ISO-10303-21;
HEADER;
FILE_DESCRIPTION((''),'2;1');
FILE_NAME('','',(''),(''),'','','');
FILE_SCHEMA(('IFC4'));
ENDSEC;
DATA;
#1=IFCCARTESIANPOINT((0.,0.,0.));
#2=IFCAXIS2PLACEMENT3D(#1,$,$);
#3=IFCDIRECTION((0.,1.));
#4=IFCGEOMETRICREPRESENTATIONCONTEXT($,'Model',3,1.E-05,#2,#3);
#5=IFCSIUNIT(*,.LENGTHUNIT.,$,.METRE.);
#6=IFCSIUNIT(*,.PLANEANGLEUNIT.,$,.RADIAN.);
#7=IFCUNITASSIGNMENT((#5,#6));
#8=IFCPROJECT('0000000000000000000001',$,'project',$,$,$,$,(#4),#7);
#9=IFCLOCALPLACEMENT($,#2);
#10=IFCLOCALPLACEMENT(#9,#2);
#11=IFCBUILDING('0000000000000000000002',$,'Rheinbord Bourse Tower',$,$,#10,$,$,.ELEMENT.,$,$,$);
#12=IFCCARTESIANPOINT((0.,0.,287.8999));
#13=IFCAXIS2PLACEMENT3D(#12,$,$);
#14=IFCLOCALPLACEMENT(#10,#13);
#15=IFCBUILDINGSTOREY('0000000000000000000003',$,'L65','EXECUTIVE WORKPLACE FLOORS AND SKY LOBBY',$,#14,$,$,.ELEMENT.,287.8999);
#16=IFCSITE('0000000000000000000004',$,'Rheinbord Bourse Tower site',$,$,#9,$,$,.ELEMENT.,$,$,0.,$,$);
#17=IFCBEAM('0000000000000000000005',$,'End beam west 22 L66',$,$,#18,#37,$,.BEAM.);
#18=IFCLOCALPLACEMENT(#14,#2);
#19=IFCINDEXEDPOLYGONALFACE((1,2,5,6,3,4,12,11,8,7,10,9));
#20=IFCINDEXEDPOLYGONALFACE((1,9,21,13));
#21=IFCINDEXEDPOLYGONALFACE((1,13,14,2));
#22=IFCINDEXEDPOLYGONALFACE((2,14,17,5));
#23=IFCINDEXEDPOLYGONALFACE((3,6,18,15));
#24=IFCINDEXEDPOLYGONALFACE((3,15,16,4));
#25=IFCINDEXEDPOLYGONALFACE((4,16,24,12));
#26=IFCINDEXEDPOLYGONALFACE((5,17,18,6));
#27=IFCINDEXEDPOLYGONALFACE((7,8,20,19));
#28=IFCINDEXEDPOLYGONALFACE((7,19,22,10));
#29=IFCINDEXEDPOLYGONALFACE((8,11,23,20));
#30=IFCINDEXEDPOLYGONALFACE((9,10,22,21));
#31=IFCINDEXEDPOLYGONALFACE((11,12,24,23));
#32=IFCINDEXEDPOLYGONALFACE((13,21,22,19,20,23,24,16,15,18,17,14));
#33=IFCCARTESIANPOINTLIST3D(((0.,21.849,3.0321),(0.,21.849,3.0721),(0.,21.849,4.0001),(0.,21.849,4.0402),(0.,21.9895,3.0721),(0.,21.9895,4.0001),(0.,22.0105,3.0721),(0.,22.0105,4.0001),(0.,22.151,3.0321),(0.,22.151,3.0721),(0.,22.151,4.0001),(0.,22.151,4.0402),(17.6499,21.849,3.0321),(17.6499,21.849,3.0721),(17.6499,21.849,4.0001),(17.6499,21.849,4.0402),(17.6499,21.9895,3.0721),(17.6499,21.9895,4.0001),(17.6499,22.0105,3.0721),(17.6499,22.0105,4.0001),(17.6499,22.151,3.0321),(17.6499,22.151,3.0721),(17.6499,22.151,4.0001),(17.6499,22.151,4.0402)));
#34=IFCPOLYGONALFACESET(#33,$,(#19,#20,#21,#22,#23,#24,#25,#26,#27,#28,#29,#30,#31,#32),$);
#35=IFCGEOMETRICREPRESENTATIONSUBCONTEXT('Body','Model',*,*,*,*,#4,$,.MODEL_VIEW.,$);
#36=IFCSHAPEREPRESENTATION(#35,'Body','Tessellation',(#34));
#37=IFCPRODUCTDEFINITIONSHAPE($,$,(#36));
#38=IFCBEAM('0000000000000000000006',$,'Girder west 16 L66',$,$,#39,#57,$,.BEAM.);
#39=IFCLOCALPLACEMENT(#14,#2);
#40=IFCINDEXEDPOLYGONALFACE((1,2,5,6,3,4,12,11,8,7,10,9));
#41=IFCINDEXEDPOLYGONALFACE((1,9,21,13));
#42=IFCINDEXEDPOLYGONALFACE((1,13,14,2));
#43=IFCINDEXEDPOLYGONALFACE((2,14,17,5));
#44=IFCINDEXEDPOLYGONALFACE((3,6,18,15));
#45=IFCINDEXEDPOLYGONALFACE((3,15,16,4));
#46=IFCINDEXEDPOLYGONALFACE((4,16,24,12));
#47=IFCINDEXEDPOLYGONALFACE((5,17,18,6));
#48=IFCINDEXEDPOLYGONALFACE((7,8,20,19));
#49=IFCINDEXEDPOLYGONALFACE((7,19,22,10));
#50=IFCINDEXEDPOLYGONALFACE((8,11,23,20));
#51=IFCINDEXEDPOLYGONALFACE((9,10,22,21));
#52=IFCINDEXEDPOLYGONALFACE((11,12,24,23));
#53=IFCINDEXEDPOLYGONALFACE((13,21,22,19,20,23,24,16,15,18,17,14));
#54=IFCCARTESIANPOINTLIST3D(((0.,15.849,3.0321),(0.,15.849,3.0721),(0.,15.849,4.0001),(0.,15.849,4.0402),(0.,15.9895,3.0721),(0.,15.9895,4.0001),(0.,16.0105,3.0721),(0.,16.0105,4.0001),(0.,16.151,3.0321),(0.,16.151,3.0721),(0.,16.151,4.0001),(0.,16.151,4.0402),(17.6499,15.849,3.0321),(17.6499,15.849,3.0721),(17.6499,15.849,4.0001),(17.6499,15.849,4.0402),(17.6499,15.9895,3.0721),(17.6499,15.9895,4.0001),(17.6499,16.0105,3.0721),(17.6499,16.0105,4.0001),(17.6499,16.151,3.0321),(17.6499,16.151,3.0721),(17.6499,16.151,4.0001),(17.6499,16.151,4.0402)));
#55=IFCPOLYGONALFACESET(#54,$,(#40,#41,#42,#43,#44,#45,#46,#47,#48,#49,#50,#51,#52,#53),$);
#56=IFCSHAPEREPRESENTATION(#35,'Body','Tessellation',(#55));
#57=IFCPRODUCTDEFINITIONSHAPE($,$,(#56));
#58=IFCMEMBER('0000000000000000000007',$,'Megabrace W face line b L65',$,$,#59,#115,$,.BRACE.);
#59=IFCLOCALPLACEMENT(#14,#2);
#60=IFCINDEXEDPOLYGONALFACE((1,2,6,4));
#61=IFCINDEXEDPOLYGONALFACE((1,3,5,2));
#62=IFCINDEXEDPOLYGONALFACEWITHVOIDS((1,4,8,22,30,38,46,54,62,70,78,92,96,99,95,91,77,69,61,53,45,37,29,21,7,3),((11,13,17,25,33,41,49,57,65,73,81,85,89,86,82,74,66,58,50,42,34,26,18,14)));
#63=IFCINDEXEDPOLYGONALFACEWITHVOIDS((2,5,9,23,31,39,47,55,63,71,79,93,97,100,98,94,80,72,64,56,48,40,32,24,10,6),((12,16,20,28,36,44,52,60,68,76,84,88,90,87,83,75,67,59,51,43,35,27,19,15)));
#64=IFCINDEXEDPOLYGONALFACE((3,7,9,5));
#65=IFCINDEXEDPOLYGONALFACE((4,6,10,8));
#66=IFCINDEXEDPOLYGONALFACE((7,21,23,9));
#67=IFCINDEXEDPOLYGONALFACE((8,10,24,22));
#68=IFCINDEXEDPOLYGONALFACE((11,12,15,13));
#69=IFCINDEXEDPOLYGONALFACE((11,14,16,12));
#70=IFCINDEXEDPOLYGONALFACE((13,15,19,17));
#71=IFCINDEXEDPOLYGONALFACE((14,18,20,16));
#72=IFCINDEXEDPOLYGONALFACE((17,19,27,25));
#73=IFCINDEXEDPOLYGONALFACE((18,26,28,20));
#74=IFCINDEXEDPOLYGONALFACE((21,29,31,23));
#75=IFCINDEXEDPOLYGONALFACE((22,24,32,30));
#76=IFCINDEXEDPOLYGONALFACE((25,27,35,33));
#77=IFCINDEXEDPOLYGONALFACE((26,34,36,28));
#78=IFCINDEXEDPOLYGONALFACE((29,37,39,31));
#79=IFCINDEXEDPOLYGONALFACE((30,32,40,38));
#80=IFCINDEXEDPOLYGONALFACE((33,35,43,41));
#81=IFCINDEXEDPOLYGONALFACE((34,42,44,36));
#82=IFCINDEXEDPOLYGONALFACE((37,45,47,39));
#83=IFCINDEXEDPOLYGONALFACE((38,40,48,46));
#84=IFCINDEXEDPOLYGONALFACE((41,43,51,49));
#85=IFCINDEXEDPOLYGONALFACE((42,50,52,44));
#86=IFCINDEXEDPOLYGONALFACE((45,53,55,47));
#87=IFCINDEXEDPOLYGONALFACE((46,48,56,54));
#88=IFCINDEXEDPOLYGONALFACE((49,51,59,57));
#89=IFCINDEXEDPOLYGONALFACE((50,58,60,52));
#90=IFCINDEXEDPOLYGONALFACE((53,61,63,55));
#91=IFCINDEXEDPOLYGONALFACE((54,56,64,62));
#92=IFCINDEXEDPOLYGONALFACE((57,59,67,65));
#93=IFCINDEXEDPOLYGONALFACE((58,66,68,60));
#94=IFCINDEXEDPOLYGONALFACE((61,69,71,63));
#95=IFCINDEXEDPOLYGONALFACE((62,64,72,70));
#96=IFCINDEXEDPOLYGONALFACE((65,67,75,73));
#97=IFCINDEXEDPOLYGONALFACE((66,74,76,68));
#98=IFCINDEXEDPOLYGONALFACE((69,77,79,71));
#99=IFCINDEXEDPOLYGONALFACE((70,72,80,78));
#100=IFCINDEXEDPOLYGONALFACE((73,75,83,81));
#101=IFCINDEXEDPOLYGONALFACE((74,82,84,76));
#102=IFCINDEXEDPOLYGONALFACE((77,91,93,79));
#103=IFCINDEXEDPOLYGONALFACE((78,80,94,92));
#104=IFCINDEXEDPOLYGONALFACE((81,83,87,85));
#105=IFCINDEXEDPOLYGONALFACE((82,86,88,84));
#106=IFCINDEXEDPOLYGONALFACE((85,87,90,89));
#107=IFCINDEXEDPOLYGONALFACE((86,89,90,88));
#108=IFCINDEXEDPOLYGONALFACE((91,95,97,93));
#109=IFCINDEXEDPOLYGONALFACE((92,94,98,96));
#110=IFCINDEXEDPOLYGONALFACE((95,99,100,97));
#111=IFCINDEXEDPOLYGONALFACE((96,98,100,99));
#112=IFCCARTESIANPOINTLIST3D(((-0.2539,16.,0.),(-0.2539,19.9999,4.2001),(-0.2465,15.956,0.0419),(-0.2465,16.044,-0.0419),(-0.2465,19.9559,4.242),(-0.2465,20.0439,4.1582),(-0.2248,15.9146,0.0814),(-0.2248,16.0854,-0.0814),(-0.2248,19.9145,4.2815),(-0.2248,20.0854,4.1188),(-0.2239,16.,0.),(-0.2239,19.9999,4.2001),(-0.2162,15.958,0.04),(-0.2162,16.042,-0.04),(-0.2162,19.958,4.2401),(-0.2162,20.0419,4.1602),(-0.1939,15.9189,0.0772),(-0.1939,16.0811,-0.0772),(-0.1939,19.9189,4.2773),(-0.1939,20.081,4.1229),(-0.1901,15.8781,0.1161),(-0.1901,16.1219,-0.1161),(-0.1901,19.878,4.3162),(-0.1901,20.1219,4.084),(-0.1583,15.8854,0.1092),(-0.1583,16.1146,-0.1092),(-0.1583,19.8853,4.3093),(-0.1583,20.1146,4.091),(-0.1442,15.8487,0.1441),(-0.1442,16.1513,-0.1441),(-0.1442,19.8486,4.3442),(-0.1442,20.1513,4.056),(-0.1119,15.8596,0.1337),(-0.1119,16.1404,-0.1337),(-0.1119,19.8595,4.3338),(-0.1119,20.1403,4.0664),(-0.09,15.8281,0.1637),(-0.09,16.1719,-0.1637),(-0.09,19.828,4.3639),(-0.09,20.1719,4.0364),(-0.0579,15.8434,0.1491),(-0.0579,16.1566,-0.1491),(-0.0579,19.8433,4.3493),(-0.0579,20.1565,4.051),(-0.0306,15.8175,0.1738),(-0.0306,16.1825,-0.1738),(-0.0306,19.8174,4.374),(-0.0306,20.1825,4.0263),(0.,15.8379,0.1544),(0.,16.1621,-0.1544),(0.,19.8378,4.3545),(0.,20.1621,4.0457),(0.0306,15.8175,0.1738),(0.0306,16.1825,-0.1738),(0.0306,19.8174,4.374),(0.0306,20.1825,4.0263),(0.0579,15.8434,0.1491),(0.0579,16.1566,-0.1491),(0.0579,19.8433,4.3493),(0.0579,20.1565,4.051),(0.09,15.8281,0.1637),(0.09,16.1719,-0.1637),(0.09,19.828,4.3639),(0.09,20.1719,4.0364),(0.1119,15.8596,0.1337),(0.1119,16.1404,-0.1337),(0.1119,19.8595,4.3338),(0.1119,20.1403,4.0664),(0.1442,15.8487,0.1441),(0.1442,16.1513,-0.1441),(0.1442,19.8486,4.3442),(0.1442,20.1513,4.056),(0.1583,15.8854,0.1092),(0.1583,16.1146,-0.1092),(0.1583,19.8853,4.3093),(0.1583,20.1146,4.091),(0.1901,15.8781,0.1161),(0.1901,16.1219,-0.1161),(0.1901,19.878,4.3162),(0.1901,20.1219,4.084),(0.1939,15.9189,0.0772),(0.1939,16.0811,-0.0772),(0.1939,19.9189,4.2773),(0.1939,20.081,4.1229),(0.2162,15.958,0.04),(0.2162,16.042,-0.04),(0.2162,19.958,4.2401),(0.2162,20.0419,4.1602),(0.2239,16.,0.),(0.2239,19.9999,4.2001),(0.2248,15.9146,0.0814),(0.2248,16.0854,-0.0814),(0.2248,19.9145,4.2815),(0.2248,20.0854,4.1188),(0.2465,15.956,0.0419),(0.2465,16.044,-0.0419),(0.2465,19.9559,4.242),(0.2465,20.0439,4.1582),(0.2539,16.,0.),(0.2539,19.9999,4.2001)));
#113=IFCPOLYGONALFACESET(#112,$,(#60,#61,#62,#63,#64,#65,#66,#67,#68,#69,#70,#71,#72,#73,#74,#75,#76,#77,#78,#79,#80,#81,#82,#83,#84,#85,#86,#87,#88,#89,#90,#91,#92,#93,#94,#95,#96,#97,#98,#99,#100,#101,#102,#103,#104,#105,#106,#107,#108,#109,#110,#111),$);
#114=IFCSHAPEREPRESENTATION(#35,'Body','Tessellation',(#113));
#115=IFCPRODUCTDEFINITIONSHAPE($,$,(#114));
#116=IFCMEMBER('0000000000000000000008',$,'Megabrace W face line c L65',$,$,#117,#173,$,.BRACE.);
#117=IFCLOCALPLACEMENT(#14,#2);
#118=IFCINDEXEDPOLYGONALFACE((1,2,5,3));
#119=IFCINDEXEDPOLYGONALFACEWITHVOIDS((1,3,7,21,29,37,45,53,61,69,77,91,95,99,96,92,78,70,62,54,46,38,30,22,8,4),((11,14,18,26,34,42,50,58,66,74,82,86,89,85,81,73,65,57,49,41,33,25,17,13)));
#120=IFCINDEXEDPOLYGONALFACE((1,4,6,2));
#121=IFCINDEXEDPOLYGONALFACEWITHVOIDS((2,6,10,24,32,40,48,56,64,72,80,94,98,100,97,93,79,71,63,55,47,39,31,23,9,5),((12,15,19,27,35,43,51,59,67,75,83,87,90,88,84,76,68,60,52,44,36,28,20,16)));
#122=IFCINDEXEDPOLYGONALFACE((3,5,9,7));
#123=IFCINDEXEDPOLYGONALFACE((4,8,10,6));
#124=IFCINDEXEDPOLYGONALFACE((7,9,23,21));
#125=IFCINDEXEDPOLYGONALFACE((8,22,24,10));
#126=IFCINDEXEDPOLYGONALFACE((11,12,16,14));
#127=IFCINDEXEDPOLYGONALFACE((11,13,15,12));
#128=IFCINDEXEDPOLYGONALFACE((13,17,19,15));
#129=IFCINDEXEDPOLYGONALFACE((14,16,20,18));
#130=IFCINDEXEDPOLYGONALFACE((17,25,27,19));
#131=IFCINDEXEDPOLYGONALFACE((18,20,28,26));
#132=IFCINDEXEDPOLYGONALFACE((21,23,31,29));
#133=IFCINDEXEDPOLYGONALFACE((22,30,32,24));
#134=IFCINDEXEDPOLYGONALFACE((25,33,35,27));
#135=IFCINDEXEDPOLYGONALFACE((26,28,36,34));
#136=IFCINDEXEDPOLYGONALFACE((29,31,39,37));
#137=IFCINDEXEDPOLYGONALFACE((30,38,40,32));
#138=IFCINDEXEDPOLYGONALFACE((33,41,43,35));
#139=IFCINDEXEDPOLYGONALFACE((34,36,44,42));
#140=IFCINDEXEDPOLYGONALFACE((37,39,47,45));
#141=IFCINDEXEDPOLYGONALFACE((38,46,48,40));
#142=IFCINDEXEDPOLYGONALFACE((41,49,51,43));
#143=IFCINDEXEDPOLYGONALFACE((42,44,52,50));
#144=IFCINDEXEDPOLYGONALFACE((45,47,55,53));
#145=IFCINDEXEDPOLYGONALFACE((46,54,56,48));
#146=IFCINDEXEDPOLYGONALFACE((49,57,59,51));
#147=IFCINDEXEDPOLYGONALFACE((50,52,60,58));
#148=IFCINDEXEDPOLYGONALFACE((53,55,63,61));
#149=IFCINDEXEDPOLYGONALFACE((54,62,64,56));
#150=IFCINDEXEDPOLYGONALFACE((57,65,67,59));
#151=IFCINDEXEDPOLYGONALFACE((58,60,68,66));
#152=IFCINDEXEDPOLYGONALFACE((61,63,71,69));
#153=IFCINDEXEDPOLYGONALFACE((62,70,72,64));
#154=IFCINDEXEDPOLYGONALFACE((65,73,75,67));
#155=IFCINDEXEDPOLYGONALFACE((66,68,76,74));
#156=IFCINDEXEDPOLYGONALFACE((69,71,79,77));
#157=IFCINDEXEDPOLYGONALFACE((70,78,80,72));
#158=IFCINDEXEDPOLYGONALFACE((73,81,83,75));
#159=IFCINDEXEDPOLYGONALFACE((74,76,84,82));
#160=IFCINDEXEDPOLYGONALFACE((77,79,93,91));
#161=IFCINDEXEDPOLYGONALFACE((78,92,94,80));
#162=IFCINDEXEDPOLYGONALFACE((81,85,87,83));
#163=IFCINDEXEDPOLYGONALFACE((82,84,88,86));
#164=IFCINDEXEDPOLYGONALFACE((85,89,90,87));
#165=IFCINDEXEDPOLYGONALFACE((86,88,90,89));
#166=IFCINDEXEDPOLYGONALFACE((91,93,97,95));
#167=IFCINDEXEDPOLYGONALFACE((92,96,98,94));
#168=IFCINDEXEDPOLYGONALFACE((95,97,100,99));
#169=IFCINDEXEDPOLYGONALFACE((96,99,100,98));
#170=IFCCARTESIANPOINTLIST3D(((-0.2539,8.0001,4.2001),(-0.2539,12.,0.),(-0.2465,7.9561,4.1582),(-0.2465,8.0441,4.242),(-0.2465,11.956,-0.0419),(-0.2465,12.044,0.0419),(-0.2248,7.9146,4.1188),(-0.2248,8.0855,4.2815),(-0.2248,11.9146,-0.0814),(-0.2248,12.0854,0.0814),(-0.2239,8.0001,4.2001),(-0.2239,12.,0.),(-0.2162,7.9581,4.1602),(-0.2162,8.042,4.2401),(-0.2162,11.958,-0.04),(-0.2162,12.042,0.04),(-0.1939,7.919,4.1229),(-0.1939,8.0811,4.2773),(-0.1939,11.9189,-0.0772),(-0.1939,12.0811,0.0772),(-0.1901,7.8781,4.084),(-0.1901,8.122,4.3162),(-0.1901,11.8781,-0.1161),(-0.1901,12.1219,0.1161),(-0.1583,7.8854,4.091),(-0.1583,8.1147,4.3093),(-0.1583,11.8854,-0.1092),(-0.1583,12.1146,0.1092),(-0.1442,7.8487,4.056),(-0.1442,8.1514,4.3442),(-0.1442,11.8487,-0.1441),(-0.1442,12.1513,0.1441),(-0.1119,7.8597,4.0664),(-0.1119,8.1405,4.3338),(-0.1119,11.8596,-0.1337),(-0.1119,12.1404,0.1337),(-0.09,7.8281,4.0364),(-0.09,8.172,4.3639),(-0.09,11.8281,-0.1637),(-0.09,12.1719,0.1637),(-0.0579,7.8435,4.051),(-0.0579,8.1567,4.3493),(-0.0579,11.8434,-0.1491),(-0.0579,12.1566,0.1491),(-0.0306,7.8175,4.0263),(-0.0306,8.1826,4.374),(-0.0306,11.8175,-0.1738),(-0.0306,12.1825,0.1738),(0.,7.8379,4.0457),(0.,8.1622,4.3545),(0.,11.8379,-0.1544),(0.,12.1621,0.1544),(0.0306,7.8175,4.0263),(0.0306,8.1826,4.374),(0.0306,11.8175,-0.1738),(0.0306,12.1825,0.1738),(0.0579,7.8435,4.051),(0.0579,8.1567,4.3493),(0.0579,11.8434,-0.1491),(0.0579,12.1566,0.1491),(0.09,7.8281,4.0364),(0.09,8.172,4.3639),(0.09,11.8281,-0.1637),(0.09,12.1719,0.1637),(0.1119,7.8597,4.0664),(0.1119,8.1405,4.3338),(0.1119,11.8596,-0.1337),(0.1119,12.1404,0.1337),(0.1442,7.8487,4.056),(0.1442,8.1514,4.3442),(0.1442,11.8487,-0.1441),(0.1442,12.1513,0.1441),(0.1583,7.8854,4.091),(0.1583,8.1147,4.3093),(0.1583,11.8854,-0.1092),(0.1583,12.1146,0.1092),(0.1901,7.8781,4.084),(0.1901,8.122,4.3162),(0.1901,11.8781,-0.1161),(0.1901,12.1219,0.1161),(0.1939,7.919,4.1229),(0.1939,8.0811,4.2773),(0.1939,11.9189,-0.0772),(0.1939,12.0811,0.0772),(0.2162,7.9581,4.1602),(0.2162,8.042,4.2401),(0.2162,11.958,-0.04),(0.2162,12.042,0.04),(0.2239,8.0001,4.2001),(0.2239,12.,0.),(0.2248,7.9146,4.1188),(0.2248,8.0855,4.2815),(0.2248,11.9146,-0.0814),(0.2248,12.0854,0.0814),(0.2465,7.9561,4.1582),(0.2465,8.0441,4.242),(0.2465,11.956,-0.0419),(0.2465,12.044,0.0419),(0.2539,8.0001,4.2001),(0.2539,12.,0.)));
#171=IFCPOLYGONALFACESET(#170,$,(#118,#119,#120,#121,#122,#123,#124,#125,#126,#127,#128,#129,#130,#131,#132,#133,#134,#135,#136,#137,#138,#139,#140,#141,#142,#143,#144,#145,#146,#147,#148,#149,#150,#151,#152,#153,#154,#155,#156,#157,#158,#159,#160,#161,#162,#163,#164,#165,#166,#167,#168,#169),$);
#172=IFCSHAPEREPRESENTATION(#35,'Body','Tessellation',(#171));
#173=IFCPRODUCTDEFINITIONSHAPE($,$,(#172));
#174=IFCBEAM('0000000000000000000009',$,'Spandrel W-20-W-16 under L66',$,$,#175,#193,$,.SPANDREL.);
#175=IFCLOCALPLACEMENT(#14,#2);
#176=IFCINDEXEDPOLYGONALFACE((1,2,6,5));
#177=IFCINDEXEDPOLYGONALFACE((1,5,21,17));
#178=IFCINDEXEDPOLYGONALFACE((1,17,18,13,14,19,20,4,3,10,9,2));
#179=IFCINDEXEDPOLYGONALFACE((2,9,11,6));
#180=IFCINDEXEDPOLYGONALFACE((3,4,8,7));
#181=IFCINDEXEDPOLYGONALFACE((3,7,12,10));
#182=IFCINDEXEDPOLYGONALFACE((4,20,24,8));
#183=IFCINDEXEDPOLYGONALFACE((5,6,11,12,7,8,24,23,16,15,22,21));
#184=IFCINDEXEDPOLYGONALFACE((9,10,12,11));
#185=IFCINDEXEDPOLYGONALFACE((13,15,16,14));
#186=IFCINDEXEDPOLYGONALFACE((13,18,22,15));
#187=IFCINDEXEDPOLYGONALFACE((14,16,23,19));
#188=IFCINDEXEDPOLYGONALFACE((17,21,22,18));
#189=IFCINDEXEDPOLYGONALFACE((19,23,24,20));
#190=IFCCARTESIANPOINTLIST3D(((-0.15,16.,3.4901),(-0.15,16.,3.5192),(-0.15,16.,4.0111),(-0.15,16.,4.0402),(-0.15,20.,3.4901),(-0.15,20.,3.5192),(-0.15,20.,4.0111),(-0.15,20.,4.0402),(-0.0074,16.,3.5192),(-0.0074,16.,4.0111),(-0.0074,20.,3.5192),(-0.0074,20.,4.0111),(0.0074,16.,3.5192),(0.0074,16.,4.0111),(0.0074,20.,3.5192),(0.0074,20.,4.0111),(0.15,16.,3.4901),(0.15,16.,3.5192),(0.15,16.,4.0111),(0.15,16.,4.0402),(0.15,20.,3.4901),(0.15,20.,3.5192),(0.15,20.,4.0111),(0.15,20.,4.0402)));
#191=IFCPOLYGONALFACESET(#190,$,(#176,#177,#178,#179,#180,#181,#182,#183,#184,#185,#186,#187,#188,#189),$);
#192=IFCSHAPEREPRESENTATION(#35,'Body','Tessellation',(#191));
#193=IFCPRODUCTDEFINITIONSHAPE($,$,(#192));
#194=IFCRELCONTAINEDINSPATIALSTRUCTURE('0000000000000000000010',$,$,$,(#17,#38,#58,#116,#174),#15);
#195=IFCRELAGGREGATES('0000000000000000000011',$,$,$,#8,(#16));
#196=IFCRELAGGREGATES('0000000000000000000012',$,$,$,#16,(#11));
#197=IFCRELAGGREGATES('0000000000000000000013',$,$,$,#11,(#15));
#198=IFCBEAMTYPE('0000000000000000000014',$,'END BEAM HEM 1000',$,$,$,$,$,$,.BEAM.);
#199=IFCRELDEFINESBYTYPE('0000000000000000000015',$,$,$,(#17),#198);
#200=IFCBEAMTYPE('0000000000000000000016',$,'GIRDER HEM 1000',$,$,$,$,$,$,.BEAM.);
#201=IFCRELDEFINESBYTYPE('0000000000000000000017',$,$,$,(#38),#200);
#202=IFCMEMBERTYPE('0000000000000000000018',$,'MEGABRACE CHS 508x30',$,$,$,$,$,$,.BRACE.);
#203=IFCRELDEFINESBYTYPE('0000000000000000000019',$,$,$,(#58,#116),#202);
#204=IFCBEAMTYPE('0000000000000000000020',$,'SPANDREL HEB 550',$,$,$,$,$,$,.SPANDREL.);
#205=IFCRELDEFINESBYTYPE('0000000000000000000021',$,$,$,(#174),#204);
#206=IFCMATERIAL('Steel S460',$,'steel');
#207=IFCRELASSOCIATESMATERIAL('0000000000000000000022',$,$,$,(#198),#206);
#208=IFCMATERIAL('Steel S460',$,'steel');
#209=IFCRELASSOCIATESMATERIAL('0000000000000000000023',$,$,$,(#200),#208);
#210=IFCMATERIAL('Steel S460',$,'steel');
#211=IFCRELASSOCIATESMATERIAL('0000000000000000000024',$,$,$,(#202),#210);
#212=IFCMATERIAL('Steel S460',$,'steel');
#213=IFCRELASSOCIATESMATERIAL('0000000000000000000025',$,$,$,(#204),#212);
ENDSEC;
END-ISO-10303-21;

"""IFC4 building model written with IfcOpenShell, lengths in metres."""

from ifc_helpers import new_model, si_unit, direction, frame, origin, origin_2d, place, context, subcontext, project, spatial, hollow_circle, i_section, extrude, material, material_profile, profile_set, type_object, element, save


model = new_model("IFC4")

# Units and contexts
model_context = context("Model", 3, precision=1e-05, world=origin(), true_north=direction((0.0, 1.0)))
body_context = subcontext(model_context, "Body", "Model", "MODEL_VIEW")
ifc_project = project(units=[si_unit("LENGTHUNIT", "METRE"), si_unit("PLANEANGLEUNIT", "RADIAN")], contexts=[model_context])

# Site, building, storey
site_placement = place(None, origin())
site = spatial("IfcSite", under=ifc_project, at=site_placement, Name="Rheinbord Bourse Tower site", CompositionType="ELEMENT", RefElevation=0.0)
building_placement = place(site_placement, origin())
building = spatial("IfcBuilding", under=site, at=building_placement, Name="Rheinbord Bourse Tower", CompositionType="ELEMENT")
storey_placement = place(building_placement, frame((0.0, 0.0, 287.8999)))
storey = spatial("IfcBuildingStorey", under=building, at=storey_placement, Name="L65", Description="EXECUTIVE WORKPLACE FLOORS AND SKY LOBBY", CompositionType="ELEMENT", Elevation=287.8999)

# Beams
ifc_material_1 = material(Name="Steel S460", Category="steel")
ifc_material_profile_1 = material_profile(ifc_material_1, i_section(OverallWidth=0.302, OverallDepth=1.0081, WebThickness=0.021, FlangeThickness=0.04, at=origin_2d()), Name="HEM 1000")
ifc_profile_set_1 = profile_set([ifc_material_profile_1], Name="Steel S460")
beam_type_1 = type_object("IfcBeamType", Name="END BEAM HEM 1000", PredefinedType="BEAM", material=ifc_profile_set_1)
for number, where, z_axis, x_axis, name in (
    (1, (0.0, 22.0, 3.5361), (1.0, 0.0, 0.0), (0.0, 1.0, 0.0), "End beam west 22 L66"),
):
    element("IfcBeam", number, at=place(storey_placement, frame(where, z_axis=z_axis, x_axis=x_axis)), inside=storey, type_object=beam_type_1, Name=name, PredefinedType="BEAM", context=body_context, shape_type="SweptSolid", body=[
        extrude(i_section(OverallWidth=0.302, OverallDepth=1.0081, WebThickness=0.021, FlangeThickness=0.04, at=origin_2d()), origin(), (0.0, 0.0, 1.0), 17.6499),
    ])
ifc_material_2 = material(Name="Steel S460", Category="steel")
ifc_material_profile_2 = material_profile(ifc_material_2, i_section(OverallWidth=0.302, OverallDepth=1.0081, WebThickness=0.021, FlangeThickness=0.04, at=origin_2d()), Name="HEM 1000")
ifc_profile_set_2 = profile_set([ifc_material_profile_2], Name="Steel S460")
beam_type_2 = type_object("IfcBeamType", Name="GIRDER HEM 1000", PredefinedType="BEAM", material=ifc_profile_set_2)
beam_1_placement = place(storey_placement, frame((0.0, 16.0, 3.5361), z_axis=(1.0, 0.0, 0.0), x_axis=(0.0, 1.0, 0.0)))
element("IfcBeam", 2, at=beam_1_placement, inside=storey, type_object=beam_type_2, Name="Girder west 16 L66", PredefinedType="BEAM", context=body_context, shape_type="SweptSolid", body=[
    extrude(i_section(OverallWidth=0.302, OverallDepth=1.0081, WebThickness=0.021, FlangeThickness=0.04, at=origin_2d()), origin(), (0.0, 0.0, 1.0), 17.6499),
])

# Members
ifc_material_3 = material(Name="Steel S460", Category="steel")
ifc_material_profile_3 = material_profile(ifc_material_3, hollow_circle(Radius=0.2539, WallThickness=0.03, at=origin_2d()), Name="CHS 508x30")
ifc_profile_set_3 = profile_set([ifc_material_profile_3], Name="Steel S460")
member_type_1 = type_object("IfcMemberType", Name="MEGABRACE CHS 508x30", PredefinedType="BRACE", material=ifc_profile_set_3)
for number, where, z_axis, x_axis, name in (
    (3, (0.0, 16.0, 0.0), (0.0, 0.689638, 0.724154), (-1.0, 0.0, 0.0), "Megabrace W face line b L65"),
    (4, (0.0, 12.0, 0.0), (0.0, -0.689638, 0.724154), (1.0, 0.0, 0.0), "Megabrace W face line c L65"),
):
    element("IfcMember", number, at=place(storey_placement, frame(where, z_axis=z_axis, x_axis=x_axis)), inside=storey, type_object=member_type_1, Name=name, PredefinedType="BRACE", context=body_context, shape_type="SweptSolid", body=[
        extrude(hollow_circle(Radius=0.2539, WallThickness=0.03, at=origin_2d()), origin(), (0.0, 0.0, 1.0), 5.8),
    ])

# Beam
ifc_material_4 = material(Name="Steel S460", Category="steel")
ifc_material_profile_4 = material_profile(ifc_material_4, i_section(OverallWidth=0.3, OverallDepth=0.55, WebThickness=0.0149, FlangeThickness=0.0291, at=origin_2d()), Name="HEB 550")
ifc_profile_set_4 = profile_set([ifc_material_profile_4], Name="Steel S460")
beam_type_3 = type_object("IfcBeamType", Name="SPANDREL HEB 550", PredefinedType="SPANDREL", material=ifc_profile_set_4)
for number, where, z_axis, x_axis, name in (
    (5, (0.0, 20.0, 3.7651), (0.0, -1.0, 0.0), (1.0, 0.0, 0.0), "Spandrel W-20-W-16 under L66"),
):
    element("IfcBeam", number, at=place(storey_placement, frame(where, z_axis=z_axis, x_axis=x_axis)), inside=storey, type_object=beam_type_3, Name=name, PredefinedType="SPANDREL", context=body_context, shape_type="SweptSolid", body=[
        extrude(i_section(OverallWidth=0.3, OverallDepth=0.55, WebThickness=0.0149, FlangeThickness=0.0291, at=origin_2d()), origin(), (0.0, 0.0, 1.0), 4.0),
    ])

save(model, "model.ifc")
